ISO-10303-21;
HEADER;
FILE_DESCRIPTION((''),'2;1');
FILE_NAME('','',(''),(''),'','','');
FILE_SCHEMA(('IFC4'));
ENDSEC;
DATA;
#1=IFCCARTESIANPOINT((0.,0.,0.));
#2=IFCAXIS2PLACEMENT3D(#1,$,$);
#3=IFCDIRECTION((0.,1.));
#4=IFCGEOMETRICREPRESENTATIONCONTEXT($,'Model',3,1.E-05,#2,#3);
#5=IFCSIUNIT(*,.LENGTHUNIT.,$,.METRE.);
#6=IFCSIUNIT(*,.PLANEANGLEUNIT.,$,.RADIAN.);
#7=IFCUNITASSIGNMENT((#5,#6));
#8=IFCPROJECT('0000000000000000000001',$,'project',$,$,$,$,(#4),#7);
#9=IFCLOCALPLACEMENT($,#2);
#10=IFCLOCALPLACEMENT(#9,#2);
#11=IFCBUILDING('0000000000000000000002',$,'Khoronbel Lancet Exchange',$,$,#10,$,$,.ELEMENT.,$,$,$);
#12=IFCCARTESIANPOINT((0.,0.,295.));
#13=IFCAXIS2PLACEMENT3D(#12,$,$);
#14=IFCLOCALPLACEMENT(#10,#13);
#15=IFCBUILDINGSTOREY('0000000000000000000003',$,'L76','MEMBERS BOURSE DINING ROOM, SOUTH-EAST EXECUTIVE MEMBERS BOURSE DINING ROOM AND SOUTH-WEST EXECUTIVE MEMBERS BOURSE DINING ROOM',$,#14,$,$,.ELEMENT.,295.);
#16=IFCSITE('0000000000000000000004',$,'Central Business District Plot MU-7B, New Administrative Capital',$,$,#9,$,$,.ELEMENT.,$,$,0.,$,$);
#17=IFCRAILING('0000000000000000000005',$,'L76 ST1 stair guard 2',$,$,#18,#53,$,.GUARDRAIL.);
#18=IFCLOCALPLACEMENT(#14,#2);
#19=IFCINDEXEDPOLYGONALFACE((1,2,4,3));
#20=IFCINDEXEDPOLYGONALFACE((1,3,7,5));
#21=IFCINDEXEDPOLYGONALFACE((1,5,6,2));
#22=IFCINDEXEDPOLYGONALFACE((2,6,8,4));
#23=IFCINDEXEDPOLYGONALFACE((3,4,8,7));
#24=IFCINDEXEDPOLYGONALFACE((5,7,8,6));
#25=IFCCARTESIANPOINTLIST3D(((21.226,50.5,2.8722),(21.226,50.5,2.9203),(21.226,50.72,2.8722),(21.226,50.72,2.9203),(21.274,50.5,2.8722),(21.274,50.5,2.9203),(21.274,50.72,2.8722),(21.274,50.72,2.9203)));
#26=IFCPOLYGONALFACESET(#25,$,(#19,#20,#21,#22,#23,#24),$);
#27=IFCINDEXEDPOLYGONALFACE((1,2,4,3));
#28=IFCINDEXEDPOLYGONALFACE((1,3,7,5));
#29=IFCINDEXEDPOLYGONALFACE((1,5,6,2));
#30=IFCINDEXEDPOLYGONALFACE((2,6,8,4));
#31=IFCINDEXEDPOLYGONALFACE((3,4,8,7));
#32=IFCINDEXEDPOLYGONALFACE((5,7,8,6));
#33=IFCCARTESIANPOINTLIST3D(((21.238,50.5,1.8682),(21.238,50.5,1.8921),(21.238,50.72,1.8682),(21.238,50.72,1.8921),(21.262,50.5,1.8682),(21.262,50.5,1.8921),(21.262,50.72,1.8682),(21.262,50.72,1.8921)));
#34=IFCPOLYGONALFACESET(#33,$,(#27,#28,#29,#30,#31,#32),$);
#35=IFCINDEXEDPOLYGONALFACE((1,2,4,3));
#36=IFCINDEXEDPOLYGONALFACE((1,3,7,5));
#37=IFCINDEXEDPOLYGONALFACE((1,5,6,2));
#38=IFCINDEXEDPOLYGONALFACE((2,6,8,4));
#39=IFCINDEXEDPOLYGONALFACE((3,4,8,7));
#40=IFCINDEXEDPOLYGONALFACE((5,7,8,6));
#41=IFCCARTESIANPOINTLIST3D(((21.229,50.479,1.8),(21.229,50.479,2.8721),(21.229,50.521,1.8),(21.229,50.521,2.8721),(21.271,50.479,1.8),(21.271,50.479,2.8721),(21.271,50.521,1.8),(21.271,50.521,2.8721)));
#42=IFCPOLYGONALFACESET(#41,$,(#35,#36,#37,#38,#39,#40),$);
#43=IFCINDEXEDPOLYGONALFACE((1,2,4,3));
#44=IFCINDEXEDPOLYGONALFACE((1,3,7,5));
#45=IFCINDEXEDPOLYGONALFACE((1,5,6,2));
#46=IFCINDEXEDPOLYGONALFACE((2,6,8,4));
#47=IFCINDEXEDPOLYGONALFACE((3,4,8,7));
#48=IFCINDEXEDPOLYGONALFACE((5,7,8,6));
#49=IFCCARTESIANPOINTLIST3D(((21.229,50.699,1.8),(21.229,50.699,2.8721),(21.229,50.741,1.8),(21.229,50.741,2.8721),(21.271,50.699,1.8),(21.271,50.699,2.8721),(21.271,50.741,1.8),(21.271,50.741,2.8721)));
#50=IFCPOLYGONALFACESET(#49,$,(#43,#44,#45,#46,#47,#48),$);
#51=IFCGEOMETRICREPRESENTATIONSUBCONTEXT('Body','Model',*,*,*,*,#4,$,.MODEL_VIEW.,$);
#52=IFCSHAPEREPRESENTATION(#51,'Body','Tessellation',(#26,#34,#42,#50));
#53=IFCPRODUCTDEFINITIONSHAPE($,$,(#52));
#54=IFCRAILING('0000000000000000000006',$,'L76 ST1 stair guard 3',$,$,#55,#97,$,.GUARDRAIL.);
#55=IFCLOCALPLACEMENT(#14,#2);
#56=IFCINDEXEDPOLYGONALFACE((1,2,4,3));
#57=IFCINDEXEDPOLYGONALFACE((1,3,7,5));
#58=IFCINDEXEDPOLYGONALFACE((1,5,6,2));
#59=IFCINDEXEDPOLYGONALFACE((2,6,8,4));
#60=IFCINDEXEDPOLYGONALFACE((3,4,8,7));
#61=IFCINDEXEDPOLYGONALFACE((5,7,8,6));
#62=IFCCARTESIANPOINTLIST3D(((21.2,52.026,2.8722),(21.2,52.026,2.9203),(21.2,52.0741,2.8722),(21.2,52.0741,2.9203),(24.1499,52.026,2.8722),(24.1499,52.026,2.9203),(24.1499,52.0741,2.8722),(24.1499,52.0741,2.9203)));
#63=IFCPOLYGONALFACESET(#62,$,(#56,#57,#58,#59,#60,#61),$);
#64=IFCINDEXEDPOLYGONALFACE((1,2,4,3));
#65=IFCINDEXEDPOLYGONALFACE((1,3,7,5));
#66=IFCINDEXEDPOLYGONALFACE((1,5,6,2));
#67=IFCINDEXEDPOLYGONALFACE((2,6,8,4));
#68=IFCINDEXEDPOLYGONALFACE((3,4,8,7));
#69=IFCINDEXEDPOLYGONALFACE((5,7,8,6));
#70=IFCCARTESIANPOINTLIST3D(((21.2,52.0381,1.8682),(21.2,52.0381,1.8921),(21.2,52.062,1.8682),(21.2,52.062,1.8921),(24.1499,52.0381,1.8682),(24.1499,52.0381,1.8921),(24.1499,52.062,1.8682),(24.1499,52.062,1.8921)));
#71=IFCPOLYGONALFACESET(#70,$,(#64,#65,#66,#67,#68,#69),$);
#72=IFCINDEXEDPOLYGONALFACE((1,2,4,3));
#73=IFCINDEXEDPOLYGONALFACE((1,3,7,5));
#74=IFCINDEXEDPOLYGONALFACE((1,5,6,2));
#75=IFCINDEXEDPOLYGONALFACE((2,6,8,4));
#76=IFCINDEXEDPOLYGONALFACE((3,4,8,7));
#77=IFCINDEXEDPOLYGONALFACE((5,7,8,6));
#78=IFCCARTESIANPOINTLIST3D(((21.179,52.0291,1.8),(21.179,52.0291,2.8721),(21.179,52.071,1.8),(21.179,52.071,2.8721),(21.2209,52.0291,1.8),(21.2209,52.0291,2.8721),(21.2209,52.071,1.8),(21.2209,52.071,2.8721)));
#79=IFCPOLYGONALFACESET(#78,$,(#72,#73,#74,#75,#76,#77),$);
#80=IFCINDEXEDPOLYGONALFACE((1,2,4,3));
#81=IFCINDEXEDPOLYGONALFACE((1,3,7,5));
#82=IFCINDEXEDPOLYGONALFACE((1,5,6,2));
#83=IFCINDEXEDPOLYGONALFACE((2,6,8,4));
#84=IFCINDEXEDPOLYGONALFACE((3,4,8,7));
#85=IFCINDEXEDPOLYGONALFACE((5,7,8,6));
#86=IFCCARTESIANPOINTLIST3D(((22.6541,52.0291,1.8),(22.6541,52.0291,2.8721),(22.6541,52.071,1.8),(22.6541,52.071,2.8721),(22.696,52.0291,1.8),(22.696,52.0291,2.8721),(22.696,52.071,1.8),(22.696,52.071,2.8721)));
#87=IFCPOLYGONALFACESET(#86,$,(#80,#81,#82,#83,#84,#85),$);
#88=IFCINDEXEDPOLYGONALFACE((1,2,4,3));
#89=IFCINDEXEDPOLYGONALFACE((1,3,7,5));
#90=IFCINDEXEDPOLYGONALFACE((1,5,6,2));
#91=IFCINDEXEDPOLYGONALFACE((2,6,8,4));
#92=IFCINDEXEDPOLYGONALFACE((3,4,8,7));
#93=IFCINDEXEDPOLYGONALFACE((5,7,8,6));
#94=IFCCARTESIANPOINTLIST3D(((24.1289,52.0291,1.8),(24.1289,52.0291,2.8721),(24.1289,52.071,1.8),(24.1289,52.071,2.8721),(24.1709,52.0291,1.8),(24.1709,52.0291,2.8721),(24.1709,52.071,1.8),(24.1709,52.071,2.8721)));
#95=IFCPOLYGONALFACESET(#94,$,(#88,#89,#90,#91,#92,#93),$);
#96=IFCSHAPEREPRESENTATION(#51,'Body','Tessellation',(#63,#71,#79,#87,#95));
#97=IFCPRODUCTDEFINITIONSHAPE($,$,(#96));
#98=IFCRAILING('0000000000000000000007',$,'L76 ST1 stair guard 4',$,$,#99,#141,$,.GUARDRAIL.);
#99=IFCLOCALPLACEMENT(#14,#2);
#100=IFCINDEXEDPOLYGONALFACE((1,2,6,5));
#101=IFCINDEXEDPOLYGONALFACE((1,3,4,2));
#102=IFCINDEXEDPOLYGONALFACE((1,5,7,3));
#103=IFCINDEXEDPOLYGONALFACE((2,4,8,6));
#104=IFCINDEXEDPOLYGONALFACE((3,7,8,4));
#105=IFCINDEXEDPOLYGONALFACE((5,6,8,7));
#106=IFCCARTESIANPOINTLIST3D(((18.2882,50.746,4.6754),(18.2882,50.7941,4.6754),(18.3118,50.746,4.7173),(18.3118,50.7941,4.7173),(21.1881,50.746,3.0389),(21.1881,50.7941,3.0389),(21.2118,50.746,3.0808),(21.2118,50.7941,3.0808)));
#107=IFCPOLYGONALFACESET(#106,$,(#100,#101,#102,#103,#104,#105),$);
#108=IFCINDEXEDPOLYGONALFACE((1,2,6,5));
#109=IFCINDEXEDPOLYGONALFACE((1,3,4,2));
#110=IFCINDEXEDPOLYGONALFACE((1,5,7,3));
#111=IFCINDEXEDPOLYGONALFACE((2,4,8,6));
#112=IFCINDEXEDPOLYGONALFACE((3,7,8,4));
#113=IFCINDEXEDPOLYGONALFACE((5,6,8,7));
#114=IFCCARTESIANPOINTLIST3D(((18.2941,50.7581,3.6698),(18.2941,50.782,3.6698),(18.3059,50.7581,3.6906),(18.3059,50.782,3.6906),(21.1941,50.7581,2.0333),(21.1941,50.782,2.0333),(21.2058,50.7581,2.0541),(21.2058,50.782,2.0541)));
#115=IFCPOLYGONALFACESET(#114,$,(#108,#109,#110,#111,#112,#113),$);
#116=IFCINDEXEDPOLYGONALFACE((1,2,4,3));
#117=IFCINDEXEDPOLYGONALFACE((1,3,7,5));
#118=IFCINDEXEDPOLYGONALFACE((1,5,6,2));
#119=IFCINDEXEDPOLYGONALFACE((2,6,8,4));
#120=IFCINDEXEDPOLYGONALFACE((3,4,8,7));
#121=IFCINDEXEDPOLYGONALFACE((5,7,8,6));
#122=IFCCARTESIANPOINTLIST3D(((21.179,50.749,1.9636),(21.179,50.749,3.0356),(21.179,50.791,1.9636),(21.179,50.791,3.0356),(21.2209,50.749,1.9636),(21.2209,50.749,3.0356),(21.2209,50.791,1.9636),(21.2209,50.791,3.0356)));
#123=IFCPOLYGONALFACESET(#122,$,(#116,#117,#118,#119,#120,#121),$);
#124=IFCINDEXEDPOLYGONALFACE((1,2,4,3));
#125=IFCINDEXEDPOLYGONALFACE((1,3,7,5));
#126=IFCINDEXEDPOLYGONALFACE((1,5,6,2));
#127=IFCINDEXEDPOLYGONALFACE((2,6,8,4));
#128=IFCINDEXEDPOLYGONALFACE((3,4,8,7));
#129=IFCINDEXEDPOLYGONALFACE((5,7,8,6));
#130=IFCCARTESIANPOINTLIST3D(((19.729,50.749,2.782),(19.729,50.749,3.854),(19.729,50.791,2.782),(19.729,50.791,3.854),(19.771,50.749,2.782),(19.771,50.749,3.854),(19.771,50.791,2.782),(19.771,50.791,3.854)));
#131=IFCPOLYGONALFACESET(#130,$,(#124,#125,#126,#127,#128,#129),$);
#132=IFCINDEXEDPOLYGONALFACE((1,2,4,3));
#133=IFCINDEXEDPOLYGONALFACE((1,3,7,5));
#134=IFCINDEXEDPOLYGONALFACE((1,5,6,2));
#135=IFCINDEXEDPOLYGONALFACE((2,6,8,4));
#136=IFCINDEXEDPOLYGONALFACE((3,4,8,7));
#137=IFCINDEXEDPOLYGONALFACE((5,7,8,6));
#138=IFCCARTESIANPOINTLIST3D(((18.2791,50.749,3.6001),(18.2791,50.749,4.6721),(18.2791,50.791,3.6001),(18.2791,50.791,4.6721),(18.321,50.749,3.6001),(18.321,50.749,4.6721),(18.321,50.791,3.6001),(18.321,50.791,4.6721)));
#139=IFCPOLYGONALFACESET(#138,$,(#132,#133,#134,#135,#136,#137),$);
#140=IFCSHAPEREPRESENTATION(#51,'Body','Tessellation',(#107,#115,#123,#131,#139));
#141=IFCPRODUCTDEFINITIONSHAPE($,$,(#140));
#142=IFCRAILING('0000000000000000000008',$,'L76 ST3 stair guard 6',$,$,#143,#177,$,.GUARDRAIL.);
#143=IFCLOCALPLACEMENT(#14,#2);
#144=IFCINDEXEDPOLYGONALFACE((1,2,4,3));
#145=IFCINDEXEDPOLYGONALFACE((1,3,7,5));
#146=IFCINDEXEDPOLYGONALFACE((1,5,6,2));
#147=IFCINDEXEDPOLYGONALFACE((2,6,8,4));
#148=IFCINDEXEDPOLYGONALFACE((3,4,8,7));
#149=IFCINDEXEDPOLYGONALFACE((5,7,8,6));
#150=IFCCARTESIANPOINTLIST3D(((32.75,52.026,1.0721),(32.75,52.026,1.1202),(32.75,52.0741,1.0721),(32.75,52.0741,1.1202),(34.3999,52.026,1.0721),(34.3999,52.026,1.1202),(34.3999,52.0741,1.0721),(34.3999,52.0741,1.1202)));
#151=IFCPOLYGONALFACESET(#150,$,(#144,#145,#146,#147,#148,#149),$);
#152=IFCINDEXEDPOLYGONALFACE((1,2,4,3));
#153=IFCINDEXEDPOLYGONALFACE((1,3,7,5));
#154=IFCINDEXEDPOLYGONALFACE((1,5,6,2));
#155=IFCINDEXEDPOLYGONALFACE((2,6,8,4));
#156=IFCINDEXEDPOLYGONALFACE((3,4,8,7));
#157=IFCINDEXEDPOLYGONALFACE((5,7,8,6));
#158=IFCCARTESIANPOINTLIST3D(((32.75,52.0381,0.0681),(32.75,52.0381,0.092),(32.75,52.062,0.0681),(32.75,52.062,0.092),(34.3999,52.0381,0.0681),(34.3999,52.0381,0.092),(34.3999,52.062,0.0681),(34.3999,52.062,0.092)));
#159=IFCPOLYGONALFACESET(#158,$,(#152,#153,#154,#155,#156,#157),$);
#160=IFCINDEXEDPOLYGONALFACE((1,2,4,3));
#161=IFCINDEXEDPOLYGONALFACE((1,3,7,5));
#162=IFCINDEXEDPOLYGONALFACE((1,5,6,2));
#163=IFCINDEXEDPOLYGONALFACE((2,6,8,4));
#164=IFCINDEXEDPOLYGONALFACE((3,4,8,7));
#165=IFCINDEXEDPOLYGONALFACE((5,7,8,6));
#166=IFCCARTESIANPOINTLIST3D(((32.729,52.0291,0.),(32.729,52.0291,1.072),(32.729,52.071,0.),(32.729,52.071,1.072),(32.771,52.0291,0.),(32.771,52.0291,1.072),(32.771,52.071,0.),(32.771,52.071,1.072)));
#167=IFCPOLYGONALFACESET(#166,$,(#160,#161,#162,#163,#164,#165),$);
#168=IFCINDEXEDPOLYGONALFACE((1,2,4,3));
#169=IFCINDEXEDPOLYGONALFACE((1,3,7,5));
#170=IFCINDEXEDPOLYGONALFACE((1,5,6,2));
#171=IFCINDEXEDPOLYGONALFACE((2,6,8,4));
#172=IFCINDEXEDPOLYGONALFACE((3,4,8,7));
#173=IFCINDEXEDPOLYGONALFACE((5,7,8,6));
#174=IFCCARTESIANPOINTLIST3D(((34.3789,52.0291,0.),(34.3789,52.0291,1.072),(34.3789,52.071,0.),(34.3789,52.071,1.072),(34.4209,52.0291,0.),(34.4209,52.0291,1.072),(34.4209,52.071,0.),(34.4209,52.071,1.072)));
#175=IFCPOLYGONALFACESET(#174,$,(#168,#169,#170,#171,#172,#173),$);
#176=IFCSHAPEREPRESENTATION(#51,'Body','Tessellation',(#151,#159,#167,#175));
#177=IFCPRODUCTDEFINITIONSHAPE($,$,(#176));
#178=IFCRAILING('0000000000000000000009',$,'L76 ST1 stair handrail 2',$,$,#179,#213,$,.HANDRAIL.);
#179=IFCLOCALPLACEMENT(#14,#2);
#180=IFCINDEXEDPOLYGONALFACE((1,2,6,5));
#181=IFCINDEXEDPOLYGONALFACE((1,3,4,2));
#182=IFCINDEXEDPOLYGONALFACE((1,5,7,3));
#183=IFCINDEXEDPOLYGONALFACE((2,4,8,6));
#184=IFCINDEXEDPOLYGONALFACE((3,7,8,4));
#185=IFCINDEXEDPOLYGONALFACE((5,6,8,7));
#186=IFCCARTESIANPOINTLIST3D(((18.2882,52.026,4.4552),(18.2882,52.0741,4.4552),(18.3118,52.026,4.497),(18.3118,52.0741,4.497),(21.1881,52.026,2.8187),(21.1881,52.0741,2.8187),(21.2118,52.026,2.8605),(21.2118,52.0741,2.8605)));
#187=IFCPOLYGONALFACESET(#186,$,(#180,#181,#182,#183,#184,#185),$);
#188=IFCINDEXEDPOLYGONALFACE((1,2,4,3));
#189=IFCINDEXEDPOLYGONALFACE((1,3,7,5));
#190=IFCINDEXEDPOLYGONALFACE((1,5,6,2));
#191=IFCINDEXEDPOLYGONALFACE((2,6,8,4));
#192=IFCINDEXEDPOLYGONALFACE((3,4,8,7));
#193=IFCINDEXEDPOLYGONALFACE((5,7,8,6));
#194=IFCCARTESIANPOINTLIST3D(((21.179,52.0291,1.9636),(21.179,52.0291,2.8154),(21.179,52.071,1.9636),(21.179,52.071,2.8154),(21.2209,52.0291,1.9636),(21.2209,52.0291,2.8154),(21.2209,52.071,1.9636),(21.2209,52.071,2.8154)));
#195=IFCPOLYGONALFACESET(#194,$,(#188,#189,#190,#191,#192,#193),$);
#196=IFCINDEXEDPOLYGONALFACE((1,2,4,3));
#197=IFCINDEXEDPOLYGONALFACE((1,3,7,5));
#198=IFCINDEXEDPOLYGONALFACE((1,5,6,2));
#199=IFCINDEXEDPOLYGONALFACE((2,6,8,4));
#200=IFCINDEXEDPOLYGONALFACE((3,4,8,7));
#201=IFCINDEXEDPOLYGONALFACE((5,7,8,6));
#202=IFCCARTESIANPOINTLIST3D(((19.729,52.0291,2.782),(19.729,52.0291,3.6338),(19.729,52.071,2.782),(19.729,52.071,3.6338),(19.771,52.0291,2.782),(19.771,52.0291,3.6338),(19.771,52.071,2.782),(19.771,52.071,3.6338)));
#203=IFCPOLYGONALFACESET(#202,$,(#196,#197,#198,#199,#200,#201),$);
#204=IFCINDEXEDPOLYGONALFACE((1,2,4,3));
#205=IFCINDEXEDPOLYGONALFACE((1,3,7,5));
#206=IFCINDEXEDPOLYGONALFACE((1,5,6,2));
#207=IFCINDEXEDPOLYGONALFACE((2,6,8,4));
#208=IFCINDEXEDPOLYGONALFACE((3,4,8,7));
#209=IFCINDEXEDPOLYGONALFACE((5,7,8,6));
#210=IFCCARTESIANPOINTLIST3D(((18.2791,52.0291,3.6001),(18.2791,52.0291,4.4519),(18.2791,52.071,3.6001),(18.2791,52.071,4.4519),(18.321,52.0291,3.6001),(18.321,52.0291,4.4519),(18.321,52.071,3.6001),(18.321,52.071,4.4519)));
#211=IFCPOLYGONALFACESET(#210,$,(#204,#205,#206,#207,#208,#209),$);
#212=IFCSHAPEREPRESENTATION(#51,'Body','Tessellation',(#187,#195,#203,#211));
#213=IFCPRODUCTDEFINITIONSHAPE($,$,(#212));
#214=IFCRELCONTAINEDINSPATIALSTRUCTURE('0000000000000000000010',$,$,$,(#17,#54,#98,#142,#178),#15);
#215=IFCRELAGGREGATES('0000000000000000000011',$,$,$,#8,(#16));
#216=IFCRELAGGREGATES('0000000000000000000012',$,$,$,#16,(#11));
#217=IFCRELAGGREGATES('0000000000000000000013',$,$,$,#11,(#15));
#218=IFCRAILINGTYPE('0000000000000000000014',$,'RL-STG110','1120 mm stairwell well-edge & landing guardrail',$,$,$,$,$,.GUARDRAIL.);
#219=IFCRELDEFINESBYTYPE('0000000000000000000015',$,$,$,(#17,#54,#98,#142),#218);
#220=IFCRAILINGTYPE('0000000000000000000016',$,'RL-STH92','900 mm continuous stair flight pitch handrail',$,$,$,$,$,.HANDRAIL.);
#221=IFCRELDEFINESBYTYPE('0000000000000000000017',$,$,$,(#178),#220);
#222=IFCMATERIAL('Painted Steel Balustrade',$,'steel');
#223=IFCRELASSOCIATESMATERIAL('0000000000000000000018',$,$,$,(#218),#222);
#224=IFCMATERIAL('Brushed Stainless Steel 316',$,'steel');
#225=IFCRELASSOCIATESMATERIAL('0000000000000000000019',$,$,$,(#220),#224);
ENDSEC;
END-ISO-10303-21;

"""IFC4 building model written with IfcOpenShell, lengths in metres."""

from ifc_helpers import new_model, si_unit, direction, frame, origin, origin_2d, place, context, subcontext, project, spatial, rectangle, extrude, material, type_object, element, save


model = new_model("IFC4")

# Units and contexts
model_context = context("Model", 3, precision=1e-05, world=origin(), true_north=direction((0.0, 1.0)))
body_context = subcontext(model_context, "Body", "Model", "MODEL_VIEW")
ifc_project = project(units=[si_unit("LENGTHUNIT", "METRE"), si_unit("PLANEANGLEUNIT", "RADIAN")], contexts=[model_context])

# Site, building, storey
site_placement = place(None, origin())
site = spatial("IfcSite", under=ifc_project, at=site_placement, Name="Central Business District Plot MU-7B, New Administrative Capital", CompositionType="ELEMENT", RefElevation=0.0)
building_placement = place(site_placement, origin())
building = spatial("IfcBuilding", under=site, at=building_placement, Name="Khoronbel Lancet Exchange", CompositionType="ELEMENT")
storey_placement = place(building_placement, frame((0.0, 0.0, 295.0)))
storey = spatial("IfcBuildingStorey", under=building, at=storey_placement, Name="L76", Description="MEMBERS BOURSE DINING ROOM, SOUTH-EAST EXECUTIVE MEMBERS BOURSE DINING ROOM AND SOUTH-WEST EXECUTIVE MEMBERS BOURSE DINING ROOM", CompositionType="ELEMENT", Elevation=295.0)

# Railings
ifc_material_1 = material(Name="Painted Steel Balustrade", Category="steel")
railing_type_1 = type_object("IfcRailingType", Name="RL-STG110", Description="1120 mm stairwell well-edge & landing guardrail", PredefinedType="GUARDRAIL", material=ifc_material_1)
railing_1_placement = place(storey_placement, frame((21.25, 50.5, 1.8)))
element("IfcRailing", 1, at=railing_1_placement, inside=storey, type_object=railing_type_1, Name="L76 ST1 stair guard 2", PredefinedType="GUARDRAIL", context=body_context, shape_type="SweptSolid", body=[
    extrude(rectangle(XDim=0.0481, YDim=0.0481, at=origin_2d()), frame((0.0, 0.0, 1.0962), z_axis=(0.0, 1.0, 0.0), x_axis=(-1.0, 0.0, 0.0)), (0.0, 0.0, 1.0), 0.22),
    extrude(rectangle(XDim=0.0239, YDim=0.0239, at=origin_2d()), frame((0.0, 0.0, 0.0801), z_axis=(0.0, 1.0, 0.0), x_axis=(-1.0, 0.0, 0.0)), (0.0, 0.0, 1.0), 0.22),
    extrude(rectangle(XDim=0.042, YDim=0.042, at=origin_2d()), origin(), (0.0, 0.0, 1.0), 1.072),
    extrude(rectangle(XDim=0.042, YDim=0.042, at=origin_2d()), frame((0.0, 0.22, 0.0)), (0.0, 0.0, 1.0), 1.072),
])
railing_2_placement = place(storey_placement, frame((21.2, 52.05, 1.8)))
element("IfcRailing", 2, at=railing_2_placement, inside=storey, type_object=railing_type_1, Name="L76 ST1 stair guard 3", PredefinedType="GUARDRAIL", context=body_context, shape_type="SweptSolid", body=[
    extrude(rectangle(XDim=0.0481, YDim=0.0481, at=origin_2d()), frame((0.0, 0.0, 1.0962), z_axis=(1.0, 0.0, 0.0), x_axis=(0.0, 1.0, 0.0)), (0.0, 0.0, 1.0), 2.95),
    extrude(rectangle(XDim=0.0239, YDim=0.0239, at=origin_2d()), frame((0.0, 0.0, 0.0801), z_axis=(1.0, 0.0, 0.0), x_axis=(0.0, 1.0, 0.0)), (0.0, 0.0, 1.0), 2.95),
    extrude(rectangle(XDim=0.042, YDim=0.042, at=origin_2d()), origin(), (0.0, 0.0, 1.0), 1.072),
    extrude(rectangle(XDim=0.042, YDim=0.042, at=origin_2d()), frame((1.4751, 0.0, 0.0)), (0.0, 0.0, 1.0), 1.072),
    extrude(rectangle(XDim=0.042, YDim=0.042, at=origin_2d()), frame((2.95, 0.0, 0.0)), (0.0, 0.0, 1.0), 1.072),
])
railing_3_placement = place(storey_placement, frame((21.2, 50.77, 1.9636)))
element("IfcRailing", 3, at=railing_3_placement, inside=storey, type_object=railing_type_1, Name="L76 ST1 stair guard 4", PredefinedType="GUARDRAIL", context=body_context, shape_type="SweptSolid", body=[
    extrude(rectangle(XDim=0.0481, YDim=0.0481, at=origin_2d()), frame((0.0, 0.0, 1.0962), z_axis=(-0.870897, 0.0, 0.491465), x_axis=(0.0, -1.0, 0.0)), (0.0, 0.0, 1.0), 3.3298),
    extrude(rectangle(XDim=0.0239, YDim=0.0239, at=origin_2d()), frame((0.0, 0.0, 0.0801), z_axis=(-0.870897, 0.0, 0.491465), x_axis=(0.0, -1.0, 0.0)), (0.0, 0.0, 1.0), 3.3298),
    extrude(rectangle(XDim=0.042, YDim=0.042, at=origin_2d()), origin(), (0.0, 0.0, 1.0), 1.072),
    extrude(rectangle(XDim=0.042, YDim=0.042, at=origin_2d()), frame((-1.45, 0.0, 0.8184)), (0.0, 0.0, 1.0), 1.072),
    extrude(rectangle(XDim=0.042, YDim=0.042, at=origin_2d()), frame((-2.8999, 0.0, 1.6365)), (0.0, 0.0, 1.0), 1.072),
])
railing_4_placement = place(storey_placement, frame((32.75, 52.05, 0.0)))
element("IfcRailing", 4, at=railing_4_placement, inside=storey, type_object=railing_type_1, Name="L76 ST3 stair guard 6", PredefinedType="GUARDRAIL", context=body_context, shape_type="SweptSolid", body=[
    extrude(rectangle(XDim=0.0481, YDim=0.0481, at=origin_2d()), frame((0.0, 0.0, 1.0962), z_axis=(1.0, 0.0, 0.0), x_axis=(0.0, 1.0, 0.0)), (0.0, 0.0, 1.0), 1.6499),
    extrude(rectangle(XDim=0.0239, YDim=0.0239, at=origin_2d()), frame((0.0, 0.0, 0.0801), z_axis=(1.0, 0.0, 0.0), x_axis=(0.0, 1.0, 0.0)), (0.0, 0.0, 1.0), 1.6499),
    extrude(rectangle(XDim=0.042, YDim=0.042, at=origin_2d()), origin(), (0.0, 0.0, 1.0), 1.072),
    extrude(rectangle(XDim=0.042, YDim=0.042, at=origin_2d()), frame((1.6499, 0.0, 0.0)), (0.0, 0.0, 1.0), 1.072),
])
ifc_material_2 = material(Name="Brushed Stainless Steel 316", Category="steel")
railing_type_2 = type_object("IfcRailingType", Name="RL-STH92", Description="900 mm continuous stair flight pitch handrail", PredefinedType="HANDRAIL", material=ifc_material_2)
railing_5_placement = place(storey_placement, frame((21.2, 52.05, 1.9636)))
element("IfcRailing", 5, at=railing_5_placement, inside=storey, type_object=railing_type_2, Name="L76 ST1 stair handrail 2", PredefinedType="HANDRAIL", context=body_context, shape_type="SweptSolid", body=[
    extrude(rectangle(XDim=0.0481, YDim=0.0481, at=origin_2d()), frame((0.0, 0.0, 0.876), z_axis=(-0.870897, 0.0, 0.491465), x_axis=(0.0, -1.0, 0.0)), (0.0, 0.0, 1.0), 3.3298),
    extrude(rectangle(XDim=0.042, YDim=0.042, at=origin_2d()), origin(), (0.0, 0.0, 1.0), 0.8518),
    extrude(rectangle(XDim=0.042, YDim=0.042, at=origin_2d()), frame((-1.45, 0.0, 0.8184)), (0.0, 0.0, 1.0), 0.8518),
    extrude(rectangle(XDim=0.042, YDim=0.042, at=origin_2d()), frame((-2.8999, 0.0, 1.6365)), (0.0, 0.0, 1.0), 0.8518),
])

save(model, "model.ifc")
